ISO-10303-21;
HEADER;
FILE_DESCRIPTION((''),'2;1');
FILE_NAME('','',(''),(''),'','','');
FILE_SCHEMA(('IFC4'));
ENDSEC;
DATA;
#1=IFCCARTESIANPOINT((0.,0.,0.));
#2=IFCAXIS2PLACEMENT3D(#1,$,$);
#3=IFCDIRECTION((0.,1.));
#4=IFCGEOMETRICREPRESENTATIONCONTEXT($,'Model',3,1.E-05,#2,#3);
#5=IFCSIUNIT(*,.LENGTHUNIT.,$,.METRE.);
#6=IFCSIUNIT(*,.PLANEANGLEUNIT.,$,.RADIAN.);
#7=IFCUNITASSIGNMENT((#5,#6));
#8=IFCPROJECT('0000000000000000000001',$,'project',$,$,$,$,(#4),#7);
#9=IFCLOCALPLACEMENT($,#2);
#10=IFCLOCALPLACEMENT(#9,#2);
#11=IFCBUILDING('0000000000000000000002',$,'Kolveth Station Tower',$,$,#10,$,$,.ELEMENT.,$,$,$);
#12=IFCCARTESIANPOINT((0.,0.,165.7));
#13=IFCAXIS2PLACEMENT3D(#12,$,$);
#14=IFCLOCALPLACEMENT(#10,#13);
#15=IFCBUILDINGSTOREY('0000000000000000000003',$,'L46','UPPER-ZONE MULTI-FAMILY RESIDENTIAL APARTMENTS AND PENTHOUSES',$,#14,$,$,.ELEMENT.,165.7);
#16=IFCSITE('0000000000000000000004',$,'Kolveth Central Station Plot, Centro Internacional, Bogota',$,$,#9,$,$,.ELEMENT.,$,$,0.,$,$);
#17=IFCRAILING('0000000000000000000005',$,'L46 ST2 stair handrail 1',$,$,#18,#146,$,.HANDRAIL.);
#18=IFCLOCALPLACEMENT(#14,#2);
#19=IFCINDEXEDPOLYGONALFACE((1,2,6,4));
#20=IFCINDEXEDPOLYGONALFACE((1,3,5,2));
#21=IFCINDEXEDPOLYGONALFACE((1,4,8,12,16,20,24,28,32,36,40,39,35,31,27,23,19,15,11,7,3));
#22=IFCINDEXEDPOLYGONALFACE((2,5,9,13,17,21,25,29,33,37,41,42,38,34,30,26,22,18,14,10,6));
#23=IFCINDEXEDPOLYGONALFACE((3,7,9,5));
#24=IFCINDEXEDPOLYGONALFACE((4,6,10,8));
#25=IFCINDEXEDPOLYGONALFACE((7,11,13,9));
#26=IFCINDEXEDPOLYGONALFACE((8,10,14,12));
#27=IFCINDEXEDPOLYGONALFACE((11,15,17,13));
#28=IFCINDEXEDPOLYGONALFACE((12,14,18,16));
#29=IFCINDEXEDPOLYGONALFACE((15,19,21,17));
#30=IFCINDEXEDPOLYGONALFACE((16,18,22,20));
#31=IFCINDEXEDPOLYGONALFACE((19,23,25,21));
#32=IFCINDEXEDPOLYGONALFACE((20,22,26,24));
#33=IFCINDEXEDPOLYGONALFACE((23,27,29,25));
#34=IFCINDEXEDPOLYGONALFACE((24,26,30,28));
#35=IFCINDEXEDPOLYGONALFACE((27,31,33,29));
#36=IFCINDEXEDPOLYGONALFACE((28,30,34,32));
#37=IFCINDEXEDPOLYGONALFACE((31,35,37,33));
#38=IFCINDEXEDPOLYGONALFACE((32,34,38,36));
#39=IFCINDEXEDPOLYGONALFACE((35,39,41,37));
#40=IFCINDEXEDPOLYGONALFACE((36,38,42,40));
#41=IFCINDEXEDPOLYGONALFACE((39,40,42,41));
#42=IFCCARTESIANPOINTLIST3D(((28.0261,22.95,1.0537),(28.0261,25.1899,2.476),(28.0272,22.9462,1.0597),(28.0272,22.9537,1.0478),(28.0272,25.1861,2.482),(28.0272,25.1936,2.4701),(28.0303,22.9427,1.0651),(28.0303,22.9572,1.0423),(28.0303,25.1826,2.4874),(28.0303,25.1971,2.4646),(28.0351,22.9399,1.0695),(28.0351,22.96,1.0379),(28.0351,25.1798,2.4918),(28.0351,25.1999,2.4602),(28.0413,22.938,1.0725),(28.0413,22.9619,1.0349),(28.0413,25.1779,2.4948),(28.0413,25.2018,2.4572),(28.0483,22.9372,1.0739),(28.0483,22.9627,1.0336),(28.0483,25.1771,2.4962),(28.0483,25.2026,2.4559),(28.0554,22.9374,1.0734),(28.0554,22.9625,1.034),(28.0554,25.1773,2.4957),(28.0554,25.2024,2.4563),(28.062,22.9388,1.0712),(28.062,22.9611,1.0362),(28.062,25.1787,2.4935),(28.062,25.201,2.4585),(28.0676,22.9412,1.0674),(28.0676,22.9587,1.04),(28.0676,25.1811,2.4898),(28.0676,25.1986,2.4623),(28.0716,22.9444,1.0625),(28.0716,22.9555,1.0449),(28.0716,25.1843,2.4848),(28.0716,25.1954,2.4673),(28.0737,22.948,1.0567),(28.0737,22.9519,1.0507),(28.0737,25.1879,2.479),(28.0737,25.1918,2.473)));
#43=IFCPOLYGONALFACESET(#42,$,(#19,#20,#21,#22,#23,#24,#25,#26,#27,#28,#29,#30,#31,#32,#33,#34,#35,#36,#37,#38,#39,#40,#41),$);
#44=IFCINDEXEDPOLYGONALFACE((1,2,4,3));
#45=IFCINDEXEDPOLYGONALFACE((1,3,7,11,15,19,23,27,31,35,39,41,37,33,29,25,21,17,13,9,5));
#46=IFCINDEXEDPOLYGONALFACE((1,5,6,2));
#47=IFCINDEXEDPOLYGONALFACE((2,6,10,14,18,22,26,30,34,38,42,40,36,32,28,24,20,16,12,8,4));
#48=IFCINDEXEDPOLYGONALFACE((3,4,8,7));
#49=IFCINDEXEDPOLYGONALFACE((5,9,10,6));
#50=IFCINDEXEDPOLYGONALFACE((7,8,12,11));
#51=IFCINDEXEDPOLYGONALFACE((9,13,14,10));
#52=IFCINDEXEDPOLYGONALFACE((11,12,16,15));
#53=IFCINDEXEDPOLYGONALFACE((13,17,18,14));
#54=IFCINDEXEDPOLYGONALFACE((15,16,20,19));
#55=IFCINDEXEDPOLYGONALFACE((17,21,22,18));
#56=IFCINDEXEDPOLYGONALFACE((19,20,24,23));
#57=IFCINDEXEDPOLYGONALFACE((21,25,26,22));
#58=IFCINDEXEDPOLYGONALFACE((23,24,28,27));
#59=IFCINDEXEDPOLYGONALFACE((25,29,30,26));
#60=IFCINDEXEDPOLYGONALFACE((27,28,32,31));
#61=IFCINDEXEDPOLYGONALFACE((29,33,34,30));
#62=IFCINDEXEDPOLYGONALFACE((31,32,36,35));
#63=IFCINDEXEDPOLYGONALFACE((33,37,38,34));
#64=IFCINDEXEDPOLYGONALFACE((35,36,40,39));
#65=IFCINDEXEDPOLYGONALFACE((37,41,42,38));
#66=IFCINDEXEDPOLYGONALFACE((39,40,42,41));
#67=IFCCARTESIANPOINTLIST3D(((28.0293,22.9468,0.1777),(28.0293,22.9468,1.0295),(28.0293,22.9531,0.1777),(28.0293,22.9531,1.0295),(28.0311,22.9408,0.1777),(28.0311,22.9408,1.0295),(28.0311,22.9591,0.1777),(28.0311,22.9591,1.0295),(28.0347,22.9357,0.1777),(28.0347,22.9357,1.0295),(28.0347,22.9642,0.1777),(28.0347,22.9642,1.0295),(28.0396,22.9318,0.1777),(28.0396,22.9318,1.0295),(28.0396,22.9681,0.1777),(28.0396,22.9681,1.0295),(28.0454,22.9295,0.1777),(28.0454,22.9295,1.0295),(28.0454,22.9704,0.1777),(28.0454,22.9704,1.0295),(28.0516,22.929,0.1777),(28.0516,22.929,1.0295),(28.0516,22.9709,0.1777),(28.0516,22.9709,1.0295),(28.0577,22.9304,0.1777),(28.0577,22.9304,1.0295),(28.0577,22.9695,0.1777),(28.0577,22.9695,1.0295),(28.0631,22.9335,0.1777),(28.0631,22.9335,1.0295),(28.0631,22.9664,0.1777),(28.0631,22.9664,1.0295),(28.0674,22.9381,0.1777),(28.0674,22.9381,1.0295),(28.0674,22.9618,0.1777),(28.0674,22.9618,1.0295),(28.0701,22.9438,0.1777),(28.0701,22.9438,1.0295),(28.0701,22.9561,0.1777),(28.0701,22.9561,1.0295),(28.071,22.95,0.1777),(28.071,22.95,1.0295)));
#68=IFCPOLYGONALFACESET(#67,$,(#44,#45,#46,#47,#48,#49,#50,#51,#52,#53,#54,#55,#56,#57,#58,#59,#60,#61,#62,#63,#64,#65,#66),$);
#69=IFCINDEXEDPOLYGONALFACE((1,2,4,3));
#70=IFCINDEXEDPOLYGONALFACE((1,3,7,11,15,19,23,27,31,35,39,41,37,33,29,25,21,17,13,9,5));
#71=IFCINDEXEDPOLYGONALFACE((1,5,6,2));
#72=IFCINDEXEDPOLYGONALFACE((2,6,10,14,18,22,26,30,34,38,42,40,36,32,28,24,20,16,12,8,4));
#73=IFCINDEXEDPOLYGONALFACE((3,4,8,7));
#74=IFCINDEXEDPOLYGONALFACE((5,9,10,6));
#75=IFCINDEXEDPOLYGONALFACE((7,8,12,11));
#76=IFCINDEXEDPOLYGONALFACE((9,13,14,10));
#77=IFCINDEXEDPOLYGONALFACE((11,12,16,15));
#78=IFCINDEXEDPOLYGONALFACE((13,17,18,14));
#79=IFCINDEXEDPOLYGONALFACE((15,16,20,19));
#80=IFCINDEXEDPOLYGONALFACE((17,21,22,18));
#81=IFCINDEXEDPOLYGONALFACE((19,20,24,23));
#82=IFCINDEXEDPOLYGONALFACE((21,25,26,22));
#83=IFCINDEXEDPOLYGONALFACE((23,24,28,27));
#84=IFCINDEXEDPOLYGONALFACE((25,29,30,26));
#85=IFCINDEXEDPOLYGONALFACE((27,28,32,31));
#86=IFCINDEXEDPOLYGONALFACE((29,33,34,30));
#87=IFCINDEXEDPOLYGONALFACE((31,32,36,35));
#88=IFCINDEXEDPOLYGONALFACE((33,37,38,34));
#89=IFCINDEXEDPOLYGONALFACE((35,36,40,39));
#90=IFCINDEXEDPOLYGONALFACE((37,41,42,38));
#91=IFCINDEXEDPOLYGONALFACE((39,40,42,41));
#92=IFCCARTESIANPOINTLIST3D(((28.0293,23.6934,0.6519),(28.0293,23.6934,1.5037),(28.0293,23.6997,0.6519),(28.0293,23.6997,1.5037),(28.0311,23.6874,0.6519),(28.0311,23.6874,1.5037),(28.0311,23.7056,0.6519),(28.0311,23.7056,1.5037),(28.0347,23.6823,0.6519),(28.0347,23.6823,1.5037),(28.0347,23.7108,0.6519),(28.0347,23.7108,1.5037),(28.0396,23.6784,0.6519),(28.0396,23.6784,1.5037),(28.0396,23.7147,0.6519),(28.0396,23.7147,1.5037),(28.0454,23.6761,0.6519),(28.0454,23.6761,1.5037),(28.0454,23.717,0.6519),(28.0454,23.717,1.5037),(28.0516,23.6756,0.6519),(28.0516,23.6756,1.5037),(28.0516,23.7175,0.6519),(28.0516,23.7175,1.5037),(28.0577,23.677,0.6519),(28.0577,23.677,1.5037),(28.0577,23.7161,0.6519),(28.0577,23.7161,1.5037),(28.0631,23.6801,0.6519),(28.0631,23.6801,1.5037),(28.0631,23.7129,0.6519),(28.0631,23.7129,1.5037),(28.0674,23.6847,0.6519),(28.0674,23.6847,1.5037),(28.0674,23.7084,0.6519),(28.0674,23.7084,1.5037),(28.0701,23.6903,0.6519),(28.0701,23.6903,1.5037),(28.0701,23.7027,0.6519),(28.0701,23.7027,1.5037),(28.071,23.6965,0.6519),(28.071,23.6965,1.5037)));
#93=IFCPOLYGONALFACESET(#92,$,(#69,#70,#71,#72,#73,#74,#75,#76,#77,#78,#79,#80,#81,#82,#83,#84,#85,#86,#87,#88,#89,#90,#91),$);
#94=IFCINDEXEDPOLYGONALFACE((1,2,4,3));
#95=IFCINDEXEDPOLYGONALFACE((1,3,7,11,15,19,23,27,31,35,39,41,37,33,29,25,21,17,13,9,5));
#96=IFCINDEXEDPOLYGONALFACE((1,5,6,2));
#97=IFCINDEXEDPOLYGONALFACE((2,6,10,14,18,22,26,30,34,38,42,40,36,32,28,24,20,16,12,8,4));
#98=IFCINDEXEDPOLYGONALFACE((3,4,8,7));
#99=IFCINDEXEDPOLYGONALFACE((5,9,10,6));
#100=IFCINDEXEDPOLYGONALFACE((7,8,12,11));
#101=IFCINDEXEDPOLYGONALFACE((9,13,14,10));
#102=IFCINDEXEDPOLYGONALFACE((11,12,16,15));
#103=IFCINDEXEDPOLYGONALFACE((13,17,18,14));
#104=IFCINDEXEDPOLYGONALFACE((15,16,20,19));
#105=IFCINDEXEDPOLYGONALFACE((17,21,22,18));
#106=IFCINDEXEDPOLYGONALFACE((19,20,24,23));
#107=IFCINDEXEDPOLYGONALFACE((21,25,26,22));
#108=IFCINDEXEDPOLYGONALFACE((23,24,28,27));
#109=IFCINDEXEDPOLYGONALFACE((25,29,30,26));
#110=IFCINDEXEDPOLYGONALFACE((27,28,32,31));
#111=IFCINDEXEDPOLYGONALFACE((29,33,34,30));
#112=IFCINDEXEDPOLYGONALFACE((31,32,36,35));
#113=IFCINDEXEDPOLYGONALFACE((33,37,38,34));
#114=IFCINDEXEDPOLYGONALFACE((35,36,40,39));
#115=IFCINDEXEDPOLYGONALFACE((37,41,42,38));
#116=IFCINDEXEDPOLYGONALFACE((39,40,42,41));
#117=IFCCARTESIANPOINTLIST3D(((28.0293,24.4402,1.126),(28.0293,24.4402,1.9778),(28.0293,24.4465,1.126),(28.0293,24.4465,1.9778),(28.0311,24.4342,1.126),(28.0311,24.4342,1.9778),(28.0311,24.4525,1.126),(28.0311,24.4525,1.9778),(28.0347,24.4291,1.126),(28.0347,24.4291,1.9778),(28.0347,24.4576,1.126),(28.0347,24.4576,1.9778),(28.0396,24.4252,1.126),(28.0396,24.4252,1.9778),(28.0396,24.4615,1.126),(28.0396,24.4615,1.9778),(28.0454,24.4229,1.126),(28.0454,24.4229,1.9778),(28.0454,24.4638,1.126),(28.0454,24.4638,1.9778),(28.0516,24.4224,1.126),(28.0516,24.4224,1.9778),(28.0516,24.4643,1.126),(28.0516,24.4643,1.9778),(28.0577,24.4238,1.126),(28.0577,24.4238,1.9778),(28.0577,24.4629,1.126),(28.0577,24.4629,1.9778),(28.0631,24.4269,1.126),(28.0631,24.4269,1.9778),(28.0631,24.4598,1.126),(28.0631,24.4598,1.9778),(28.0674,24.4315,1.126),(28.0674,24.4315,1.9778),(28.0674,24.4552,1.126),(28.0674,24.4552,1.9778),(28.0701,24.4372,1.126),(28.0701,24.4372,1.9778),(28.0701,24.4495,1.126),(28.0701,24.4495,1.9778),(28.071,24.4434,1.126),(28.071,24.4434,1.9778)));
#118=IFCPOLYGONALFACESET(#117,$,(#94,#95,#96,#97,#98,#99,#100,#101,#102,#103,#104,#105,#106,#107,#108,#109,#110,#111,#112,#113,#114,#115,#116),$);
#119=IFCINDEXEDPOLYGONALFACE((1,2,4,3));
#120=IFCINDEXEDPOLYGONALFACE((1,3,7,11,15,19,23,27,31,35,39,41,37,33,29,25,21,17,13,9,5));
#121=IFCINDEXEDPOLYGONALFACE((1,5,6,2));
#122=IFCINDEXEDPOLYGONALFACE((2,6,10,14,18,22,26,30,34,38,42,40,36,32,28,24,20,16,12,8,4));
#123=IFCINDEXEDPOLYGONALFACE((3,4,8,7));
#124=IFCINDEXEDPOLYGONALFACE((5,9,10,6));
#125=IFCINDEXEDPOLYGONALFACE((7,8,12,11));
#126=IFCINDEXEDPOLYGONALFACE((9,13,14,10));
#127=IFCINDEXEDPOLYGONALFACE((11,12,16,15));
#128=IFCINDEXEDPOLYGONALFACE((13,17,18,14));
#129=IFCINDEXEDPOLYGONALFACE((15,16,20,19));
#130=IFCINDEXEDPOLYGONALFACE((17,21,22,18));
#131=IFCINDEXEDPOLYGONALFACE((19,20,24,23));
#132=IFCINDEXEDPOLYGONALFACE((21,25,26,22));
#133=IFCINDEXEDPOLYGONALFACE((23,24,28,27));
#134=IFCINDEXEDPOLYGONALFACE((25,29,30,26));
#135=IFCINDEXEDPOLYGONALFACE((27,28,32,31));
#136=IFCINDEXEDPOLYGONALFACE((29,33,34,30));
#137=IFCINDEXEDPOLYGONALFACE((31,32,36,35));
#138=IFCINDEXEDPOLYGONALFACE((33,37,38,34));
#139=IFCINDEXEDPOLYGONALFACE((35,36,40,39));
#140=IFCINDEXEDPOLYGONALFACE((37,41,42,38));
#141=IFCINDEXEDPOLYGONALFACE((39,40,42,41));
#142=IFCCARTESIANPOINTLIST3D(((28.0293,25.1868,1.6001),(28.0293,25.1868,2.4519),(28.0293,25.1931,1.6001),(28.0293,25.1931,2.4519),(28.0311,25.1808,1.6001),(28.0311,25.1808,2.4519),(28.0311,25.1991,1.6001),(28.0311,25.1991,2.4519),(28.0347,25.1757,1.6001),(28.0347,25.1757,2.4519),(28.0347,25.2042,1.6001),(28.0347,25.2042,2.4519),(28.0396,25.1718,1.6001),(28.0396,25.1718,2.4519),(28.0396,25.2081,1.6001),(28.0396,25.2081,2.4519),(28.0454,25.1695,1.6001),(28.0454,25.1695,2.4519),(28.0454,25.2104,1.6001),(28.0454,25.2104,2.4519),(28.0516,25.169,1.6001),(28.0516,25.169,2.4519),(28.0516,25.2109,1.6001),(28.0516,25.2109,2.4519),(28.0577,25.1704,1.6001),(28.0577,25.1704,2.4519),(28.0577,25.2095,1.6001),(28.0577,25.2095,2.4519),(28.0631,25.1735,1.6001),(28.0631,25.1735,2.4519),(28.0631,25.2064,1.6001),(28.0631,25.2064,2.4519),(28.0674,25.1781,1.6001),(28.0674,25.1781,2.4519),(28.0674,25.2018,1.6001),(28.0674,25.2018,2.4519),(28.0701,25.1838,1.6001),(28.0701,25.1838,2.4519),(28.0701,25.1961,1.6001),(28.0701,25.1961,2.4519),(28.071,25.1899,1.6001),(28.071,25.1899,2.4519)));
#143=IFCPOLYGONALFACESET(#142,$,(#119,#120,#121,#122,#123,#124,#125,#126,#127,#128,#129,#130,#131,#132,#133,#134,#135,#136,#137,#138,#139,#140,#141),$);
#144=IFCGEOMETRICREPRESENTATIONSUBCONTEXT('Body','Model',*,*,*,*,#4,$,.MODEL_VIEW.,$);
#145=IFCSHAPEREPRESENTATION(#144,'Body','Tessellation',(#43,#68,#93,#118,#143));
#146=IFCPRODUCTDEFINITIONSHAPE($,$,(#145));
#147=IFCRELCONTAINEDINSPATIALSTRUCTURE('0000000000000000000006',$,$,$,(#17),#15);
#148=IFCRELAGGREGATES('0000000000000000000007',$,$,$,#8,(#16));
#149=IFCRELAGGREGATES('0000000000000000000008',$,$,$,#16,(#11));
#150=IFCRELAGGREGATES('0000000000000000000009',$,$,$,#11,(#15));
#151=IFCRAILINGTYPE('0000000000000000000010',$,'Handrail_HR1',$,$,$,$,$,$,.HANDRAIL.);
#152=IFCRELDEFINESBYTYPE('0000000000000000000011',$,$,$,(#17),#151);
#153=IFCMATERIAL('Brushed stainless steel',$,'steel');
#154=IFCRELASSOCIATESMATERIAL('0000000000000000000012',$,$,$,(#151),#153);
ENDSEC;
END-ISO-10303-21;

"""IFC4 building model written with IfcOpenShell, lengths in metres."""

from ifc_helpers import new_model, si_unit, direction, frame, origin, origin_2d, place, context, subcontext, project, spatial, circle, extrude, material, type_object, element, save


model = new_model("IFC4")

# Units and contexts
model_context = context("Model", 3, precision=1e-05, world=origin(), true_north=direction((0.0, 1.0)))
body_context = subcontext(model_context, "Body", "Model", "MODEL_VIEW")
ifc_project = project(units=[si_unit("LENGTHUNIT", "METRE"), si_unit("PLANEANGLEUNIT", "RADIAN")], contexts=[model_context])

# Site, building, storey
site_placement = place(None, origin())
site = spatial("IfcSite", under=ifc_project, at=site_placement, Name="Kolveth Central Station Plot, Centro Internacional, Bogota", CompositionType="ELEMENT", RefElevation=0.0)
building_placement = place(site_placement, origin())
building = spatial("IfcBuilding", under=site, at=building_placement, Name="Kolveth Station Tower", CompositionType="ELEMENT")
storey_placement = place(building_placement, frame((0.0, 0.0, 165.7)))
storey = spatial("IfcBuildingStorey", under=building, at=storey_placement, Name="L46", Description="UPPER-ZONE MULTI-FAMILY RESIDENTIAL APARTMENTS AND PENTHOUSES", CompositionType="ELEMENT", Elevation=165.7)

# Railing
ifc_material_1 = material(Name="Brushed stainless steel", Category="steel")
railing_type_1 = type_object("IfcRailingType", Name="Handrail_HR1", PredefinedType="HANDRAIL", material=ifc_material_1)
for number, where, name in (
    (1, (28.05, 22.95, 0.1777), "L46 ST2 stair handrail 1"),
):
    element("IfcRailing", number, at=place(storey_placement, frame(where)), inside=storey, type_object=railing_type_1, Name=name, PredefinedType="HANDRAIL", context=body_context, shape_type="SweptSolid", body=[
        extrude(circle(Radius=0.0239, at=origin_2d()), frame((0.0, 0.0, 0.876), z_axis=(0.0, 0.844188, 0.536048), x_axis=(-1.0, 0.0, 0.0)), (0.0, 0.0, 1.0), 2.6533),
        extrude(circle(Radius=0.021, at=origin_2d()), origin(), (0.0, 0.0, 1.0), 0.8518),
        extrude(circle(Radius=0.021, at=origin_2d()), frame((0.0, 0.7466, 0.4741)), (0.0, 0.0, 1.0), 0.8518),
        extrude(circle(Radius=0.021, at=origin_2d()), frame((0.0, 1.4934, 0.9482)), (0.0, 0.0, 1.0), 0.8518),
        extrude(circle(Radius=0.021, at=origin_2d()), frame((0.0, 2.24, 1.4224)), (0.0, 0.0, 1.0), 0.8518),
    ])

save(model, "model.ifc")
